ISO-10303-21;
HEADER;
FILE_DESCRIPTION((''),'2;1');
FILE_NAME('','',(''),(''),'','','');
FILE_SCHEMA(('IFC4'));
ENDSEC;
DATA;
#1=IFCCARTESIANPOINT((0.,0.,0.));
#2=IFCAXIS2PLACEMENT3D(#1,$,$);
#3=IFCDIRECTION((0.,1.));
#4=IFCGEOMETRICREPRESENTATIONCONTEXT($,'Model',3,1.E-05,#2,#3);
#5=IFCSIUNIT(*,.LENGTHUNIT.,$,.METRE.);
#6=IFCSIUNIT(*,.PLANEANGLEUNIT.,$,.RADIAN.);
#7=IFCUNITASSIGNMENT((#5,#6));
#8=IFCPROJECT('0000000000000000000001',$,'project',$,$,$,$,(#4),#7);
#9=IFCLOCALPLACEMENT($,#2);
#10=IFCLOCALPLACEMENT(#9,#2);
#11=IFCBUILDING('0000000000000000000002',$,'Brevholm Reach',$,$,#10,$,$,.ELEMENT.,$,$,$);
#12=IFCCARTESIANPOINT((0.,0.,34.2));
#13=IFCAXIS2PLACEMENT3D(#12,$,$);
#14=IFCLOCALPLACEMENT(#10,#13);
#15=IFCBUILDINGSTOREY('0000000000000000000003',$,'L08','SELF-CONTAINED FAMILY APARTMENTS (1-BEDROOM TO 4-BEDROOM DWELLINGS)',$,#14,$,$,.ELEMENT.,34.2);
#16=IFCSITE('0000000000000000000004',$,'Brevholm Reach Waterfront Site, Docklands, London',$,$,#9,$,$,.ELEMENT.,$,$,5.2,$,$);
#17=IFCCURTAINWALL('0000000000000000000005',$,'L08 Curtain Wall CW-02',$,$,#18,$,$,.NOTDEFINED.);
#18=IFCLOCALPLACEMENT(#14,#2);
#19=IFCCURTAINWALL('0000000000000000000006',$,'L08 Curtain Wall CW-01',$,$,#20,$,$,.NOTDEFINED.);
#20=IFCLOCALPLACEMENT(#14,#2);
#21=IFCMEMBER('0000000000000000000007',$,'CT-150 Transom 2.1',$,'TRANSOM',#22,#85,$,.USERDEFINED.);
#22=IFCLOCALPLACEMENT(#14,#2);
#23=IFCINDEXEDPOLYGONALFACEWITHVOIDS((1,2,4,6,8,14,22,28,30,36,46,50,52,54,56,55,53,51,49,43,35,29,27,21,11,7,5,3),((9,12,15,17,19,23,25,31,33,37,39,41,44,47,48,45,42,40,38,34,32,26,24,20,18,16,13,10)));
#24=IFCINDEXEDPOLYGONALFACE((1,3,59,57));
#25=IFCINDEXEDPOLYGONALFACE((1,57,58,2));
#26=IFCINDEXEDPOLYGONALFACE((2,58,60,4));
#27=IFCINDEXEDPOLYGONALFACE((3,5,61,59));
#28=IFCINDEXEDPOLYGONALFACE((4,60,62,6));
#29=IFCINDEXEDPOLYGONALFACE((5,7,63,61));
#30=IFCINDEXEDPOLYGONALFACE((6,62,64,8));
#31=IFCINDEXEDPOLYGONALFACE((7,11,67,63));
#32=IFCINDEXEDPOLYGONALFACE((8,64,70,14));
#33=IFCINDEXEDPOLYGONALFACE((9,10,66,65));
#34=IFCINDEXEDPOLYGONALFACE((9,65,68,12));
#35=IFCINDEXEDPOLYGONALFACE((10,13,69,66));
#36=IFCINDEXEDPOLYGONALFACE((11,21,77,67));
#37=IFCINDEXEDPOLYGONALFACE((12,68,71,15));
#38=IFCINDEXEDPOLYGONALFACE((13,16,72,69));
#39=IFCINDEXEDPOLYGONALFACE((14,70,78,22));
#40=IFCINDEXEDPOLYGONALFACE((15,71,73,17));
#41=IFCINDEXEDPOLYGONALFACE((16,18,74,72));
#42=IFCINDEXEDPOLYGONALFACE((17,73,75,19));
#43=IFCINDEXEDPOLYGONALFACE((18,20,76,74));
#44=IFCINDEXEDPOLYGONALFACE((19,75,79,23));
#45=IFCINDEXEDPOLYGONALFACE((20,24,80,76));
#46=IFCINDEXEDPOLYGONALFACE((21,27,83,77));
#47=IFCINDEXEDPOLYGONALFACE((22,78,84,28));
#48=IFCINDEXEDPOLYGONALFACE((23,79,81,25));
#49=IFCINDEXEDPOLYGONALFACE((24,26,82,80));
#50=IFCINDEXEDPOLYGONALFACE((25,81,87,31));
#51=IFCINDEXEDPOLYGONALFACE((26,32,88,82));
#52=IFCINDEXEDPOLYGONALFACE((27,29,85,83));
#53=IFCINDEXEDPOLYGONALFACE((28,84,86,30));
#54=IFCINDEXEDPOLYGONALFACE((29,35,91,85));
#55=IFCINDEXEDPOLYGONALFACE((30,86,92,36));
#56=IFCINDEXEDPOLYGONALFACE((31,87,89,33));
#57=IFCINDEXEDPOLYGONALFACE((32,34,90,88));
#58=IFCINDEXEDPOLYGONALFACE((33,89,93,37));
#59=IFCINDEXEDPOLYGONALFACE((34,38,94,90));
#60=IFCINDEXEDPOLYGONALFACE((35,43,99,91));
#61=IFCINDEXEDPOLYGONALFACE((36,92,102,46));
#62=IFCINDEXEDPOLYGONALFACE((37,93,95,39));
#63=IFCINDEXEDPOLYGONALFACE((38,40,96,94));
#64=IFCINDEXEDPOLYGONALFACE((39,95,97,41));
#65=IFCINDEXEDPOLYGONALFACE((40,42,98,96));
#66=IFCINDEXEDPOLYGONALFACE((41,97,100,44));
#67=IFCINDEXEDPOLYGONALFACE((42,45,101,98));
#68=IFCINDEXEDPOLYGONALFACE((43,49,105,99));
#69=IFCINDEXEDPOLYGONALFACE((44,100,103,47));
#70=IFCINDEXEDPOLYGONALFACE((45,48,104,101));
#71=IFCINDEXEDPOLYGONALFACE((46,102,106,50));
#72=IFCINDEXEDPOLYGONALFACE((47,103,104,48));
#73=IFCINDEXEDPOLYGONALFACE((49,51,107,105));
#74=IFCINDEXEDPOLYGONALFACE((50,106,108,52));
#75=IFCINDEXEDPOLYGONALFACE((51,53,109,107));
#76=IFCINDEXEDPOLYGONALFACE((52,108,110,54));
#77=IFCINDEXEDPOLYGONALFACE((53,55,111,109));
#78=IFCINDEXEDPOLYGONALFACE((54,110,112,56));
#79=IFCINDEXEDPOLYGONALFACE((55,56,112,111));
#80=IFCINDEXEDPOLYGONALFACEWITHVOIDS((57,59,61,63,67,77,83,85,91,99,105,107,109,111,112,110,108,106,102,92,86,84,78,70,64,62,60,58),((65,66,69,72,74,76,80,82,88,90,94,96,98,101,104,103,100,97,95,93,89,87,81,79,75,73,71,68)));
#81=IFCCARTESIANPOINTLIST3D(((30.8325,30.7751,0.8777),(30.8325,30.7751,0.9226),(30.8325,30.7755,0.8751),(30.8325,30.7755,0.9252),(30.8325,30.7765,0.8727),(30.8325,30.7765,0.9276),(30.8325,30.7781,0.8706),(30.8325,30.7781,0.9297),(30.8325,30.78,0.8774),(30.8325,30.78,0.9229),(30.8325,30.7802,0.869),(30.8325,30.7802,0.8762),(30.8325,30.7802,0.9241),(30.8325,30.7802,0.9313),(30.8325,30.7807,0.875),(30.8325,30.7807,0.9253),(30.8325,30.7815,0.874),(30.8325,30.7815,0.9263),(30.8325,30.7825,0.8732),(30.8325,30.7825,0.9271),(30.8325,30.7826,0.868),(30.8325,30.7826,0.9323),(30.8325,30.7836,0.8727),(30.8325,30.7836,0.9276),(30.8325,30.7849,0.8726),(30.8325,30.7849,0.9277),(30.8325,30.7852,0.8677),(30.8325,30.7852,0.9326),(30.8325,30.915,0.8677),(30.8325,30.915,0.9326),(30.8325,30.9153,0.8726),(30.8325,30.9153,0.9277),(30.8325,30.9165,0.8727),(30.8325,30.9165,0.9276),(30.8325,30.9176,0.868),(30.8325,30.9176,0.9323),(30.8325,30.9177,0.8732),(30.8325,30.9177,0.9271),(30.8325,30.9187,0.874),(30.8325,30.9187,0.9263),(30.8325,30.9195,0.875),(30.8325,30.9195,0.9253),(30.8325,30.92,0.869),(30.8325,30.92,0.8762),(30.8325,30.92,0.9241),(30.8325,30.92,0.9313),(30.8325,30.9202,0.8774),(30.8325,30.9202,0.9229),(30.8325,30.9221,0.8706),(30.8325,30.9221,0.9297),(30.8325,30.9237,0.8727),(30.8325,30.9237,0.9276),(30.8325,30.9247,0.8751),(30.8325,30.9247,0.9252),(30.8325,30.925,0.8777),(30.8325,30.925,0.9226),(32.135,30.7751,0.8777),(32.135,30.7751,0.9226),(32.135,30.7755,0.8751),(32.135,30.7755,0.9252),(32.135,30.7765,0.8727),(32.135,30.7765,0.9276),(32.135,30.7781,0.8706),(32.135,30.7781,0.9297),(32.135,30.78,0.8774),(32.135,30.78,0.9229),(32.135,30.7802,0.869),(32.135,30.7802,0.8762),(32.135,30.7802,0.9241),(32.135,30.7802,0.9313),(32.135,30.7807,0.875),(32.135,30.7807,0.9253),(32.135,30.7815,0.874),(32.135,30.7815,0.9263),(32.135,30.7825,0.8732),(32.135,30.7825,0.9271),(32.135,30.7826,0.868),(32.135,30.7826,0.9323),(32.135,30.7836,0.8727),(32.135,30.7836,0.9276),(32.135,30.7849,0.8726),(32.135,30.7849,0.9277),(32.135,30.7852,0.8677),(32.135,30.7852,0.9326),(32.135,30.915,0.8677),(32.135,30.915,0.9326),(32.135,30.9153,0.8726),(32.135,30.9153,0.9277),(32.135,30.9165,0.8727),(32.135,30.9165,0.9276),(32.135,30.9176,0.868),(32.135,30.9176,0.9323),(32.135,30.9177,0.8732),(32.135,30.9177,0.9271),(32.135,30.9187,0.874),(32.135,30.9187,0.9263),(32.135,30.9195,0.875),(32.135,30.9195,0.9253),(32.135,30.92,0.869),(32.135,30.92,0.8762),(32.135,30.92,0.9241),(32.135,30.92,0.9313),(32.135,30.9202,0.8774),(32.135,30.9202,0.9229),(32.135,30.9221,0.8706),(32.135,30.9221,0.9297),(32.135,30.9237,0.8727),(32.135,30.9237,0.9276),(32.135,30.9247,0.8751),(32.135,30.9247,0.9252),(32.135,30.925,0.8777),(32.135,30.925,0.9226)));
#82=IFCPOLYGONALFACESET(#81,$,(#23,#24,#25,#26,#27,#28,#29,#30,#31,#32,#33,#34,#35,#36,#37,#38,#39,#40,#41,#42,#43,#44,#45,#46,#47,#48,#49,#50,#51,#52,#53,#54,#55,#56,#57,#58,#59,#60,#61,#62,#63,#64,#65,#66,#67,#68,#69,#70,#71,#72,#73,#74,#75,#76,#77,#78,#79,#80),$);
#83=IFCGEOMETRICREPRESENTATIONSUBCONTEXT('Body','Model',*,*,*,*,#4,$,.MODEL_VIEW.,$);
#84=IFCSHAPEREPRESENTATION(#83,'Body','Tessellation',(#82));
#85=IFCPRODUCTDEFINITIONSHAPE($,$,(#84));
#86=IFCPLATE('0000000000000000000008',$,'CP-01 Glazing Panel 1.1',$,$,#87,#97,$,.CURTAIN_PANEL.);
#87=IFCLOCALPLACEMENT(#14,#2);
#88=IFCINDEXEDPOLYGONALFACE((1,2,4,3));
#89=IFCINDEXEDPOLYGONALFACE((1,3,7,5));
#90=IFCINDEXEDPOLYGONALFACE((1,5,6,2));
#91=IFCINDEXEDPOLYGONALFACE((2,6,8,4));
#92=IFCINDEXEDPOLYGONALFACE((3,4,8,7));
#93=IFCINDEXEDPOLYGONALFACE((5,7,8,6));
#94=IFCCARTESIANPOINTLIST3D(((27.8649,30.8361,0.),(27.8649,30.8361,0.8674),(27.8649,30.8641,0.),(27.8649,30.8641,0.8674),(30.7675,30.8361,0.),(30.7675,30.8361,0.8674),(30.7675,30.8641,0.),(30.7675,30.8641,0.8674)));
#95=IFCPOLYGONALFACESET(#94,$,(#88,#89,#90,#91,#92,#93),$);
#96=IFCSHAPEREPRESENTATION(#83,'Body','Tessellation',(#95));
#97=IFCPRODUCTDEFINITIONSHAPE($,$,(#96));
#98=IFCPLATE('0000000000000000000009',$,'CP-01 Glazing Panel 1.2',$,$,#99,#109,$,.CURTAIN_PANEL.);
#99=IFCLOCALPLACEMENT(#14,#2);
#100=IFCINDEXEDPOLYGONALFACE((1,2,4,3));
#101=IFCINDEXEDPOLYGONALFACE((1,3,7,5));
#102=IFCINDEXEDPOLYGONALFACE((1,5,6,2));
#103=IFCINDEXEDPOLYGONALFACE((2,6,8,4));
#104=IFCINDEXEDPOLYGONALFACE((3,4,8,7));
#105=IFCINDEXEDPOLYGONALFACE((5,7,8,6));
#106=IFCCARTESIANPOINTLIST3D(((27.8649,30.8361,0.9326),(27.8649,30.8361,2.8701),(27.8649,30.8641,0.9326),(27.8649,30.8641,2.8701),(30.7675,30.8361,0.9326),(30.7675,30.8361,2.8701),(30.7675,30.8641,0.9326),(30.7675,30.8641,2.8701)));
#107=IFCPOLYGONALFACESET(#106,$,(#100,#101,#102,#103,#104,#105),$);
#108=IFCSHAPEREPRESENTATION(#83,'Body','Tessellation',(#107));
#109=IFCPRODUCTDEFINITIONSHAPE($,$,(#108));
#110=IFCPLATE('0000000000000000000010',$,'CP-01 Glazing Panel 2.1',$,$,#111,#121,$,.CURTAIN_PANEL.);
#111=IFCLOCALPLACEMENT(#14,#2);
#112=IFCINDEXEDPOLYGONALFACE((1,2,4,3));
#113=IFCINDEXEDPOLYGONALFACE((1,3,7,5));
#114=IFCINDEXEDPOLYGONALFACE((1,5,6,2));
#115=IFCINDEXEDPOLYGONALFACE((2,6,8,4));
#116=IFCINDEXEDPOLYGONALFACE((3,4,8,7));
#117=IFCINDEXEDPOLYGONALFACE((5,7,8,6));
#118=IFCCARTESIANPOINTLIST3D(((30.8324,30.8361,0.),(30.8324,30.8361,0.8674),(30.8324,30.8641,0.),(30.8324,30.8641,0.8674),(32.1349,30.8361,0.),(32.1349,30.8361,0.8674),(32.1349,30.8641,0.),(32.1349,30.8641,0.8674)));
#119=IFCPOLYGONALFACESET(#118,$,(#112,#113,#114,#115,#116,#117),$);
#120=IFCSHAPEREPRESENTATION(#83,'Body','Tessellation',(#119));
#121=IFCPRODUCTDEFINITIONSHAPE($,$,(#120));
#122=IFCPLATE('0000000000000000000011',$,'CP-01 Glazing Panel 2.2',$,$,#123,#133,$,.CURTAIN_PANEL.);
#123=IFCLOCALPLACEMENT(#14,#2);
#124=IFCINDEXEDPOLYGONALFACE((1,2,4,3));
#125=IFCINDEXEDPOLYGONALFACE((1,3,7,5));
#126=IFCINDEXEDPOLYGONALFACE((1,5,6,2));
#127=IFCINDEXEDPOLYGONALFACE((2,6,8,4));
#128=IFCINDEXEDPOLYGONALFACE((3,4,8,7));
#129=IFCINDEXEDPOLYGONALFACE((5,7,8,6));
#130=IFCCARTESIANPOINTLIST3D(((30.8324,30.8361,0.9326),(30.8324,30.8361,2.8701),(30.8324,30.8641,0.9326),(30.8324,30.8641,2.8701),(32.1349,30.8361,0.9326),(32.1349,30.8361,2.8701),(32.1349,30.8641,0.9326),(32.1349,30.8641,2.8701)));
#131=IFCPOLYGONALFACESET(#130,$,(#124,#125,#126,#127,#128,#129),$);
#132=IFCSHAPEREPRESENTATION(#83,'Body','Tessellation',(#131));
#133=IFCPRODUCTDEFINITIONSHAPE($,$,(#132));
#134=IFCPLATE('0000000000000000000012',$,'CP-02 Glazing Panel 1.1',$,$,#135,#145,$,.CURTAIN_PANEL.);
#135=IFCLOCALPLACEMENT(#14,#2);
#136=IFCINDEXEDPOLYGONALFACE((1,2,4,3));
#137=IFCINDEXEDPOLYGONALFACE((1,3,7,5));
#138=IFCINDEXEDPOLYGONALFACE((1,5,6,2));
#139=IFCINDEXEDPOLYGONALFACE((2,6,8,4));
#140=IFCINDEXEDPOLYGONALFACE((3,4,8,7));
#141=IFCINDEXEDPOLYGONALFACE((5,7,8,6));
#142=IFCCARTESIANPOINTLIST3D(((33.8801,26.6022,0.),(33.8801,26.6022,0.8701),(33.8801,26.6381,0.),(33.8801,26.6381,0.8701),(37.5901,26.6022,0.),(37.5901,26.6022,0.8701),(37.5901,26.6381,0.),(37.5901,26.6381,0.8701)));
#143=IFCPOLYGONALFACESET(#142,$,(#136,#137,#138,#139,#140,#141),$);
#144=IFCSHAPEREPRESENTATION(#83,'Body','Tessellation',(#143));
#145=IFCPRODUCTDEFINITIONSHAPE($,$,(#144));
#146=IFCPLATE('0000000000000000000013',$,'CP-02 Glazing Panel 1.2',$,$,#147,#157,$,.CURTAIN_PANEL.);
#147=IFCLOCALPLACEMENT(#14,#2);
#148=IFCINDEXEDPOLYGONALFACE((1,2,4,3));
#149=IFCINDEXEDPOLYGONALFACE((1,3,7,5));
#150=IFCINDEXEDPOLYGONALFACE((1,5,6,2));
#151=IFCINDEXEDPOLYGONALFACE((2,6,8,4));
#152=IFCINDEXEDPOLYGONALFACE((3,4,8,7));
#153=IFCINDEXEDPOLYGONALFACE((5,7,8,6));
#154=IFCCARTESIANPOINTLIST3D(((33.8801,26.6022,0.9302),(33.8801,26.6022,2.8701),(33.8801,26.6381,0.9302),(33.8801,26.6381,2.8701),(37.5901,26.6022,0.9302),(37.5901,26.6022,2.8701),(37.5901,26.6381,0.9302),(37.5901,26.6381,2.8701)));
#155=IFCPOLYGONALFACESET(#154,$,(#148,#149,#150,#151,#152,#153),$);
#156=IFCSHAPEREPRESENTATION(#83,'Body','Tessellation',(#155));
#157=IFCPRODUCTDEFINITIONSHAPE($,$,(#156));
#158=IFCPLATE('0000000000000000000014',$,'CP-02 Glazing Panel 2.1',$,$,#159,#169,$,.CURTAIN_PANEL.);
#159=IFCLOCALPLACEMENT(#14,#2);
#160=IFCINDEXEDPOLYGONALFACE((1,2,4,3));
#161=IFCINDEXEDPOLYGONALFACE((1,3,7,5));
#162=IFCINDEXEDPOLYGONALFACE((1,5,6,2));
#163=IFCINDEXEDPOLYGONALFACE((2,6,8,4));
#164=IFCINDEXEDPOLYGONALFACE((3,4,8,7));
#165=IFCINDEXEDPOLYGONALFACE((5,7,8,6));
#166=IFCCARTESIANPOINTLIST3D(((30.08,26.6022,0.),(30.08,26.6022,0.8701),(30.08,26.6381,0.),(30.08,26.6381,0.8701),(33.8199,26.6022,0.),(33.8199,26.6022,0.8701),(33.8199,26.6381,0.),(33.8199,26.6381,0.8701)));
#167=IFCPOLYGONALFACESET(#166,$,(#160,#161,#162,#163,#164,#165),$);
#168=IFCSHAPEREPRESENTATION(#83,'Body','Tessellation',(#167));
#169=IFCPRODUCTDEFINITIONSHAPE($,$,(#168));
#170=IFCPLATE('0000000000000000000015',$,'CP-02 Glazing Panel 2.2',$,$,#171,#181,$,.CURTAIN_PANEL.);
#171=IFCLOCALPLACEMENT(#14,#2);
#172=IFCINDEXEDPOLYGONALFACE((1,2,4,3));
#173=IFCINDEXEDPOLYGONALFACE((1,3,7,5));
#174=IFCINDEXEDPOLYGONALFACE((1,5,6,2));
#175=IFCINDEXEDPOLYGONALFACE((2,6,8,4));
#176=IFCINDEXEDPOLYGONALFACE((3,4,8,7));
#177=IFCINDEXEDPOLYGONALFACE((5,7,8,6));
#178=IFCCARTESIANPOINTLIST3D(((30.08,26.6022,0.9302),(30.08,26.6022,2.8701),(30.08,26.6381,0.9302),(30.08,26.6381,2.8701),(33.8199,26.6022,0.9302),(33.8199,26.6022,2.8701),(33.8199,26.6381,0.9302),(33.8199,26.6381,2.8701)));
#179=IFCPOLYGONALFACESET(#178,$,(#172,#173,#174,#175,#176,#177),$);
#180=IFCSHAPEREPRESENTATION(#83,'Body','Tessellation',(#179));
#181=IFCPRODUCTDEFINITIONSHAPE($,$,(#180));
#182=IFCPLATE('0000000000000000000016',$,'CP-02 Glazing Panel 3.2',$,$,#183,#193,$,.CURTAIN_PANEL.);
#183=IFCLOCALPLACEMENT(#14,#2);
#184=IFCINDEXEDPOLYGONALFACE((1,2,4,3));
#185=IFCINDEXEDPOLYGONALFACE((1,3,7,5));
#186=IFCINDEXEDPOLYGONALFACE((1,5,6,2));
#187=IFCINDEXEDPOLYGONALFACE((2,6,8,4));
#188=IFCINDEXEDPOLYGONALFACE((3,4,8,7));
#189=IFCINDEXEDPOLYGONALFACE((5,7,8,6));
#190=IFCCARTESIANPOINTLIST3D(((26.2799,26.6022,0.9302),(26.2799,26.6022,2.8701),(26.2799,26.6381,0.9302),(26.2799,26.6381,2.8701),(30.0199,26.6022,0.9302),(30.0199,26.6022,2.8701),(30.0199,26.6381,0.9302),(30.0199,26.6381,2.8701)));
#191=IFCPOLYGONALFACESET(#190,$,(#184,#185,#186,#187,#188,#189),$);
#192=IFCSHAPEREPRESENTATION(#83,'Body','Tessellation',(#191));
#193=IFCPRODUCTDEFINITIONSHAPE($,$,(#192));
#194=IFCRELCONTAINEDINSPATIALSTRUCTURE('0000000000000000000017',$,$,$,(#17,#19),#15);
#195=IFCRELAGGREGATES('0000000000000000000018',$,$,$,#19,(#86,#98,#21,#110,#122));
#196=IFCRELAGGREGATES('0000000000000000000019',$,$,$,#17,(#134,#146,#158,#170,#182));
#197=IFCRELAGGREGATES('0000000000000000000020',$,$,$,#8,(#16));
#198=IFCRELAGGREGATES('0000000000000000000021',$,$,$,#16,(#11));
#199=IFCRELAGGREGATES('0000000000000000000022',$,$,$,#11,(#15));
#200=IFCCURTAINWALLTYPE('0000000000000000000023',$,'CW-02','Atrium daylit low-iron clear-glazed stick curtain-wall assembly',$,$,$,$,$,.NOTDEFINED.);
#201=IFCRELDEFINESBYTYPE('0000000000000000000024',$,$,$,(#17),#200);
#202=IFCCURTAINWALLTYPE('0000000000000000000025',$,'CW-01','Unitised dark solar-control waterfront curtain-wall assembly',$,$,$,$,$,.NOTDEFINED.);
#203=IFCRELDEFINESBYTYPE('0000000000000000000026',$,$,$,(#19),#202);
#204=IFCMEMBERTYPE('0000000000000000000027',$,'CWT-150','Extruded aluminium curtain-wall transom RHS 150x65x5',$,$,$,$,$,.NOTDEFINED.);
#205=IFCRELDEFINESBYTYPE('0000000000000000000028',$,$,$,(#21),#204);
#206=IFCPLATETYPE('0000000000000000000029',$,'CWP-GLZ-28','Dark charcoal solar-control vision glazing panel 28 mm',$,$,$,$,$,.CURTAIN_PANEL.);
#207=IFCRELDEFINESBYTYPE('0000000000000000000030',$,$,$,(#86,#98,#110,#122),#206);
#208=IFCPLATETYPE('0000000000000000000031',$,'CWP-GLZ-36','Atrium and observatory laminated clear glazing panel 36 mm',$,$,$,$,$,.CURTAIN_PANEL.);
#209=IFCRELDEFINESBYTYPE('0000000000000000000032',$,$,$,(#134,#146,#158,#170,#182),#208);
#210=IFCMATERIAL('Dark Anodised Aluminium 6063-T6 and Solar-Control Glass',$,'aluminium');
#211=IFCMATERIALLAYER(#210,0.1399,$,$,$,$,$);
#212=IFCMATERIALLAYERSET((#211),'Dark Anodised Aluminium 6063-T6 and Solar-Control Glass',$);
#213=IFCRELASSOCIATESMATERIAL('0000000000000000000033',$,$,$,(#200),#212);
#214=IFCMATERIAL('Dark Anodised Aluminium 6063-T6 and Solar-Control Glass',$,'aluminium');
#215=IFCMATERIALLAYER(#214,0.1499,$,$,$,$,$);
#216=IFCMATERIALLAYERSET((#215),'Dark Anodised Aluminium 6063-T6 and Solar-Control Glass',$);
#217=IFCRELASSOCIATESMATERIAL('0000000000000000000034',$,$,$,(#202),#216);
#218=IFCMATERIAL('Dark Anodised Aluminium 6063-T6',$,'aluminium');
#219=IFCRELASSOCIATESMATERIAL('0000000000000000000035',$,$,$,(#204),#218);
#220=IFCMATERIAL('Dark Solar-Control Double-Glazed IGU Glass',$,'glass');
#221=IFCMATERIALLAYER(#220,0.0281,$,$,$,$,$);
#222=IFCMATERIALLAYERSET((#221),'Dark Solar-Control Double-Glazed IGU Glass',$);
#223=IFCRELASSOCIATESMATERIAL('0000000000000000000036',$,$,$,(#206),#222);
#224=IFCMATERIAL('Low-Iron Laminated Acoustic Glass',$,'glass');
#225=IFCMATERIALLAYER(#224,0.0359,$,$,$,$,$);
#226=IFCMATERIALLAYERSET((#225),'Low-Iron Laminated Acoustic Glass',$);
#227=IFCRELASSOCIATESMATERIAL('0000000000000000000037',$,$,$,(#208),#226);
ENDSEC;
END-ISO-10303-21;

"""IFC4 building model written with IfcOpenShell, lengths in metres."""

from ifc_helpers import new_model, si_unit, direction, frame, origin, origin_2d, place, context, subcontext, project, spatial, rectangle, hollow_rectangle, extrude, material, layer, layer_set, material_profile, profile_set, type_object, element, aggregate, save


model = new_model("IFC4")

# Units and contexts
model_context = context("Model", 3, precision=1e-05, world=origin(), true_north=direction((0.0, 1.0)))
body_context = subcontext(model_context, "Body", "Model", "MODEL_VIEW")
ifc_project = project(units=[si_unit("LENGTHUNIT", "METRE"), si_unit("PLANEANGLEUNIT", "RADIAN")], contexts=[model_context])

# Site, building, storey
site_placement = place(None, origin())
site = spatial("IfcSite", under=ifc_project, at=site_placement, Name="Brevholm Reach Waterfront Site, Docklands, London", CompositionType="ELEMENT", RefElevation=5.2)
building_placement = place(site_placement, origin())
building = spatial("IfcBuilding", under=site, at=building_placement, Name="Brevholm Reach", CompositionType="ELEMENT")
storey_placement = place(building_placement, frame((0.0, 0.0, 34.2)))
storey = spatial("IfcBuildingStorey", under=building, at=storey_placement, Name="L08", Description="SELF-CONTAINED FAMILY APARTMENTS (1-BEDROOM TO 4-BEDROOM DWELLINGS)", CompositionType="ELEMENT", Elevation=34.2)

# Curtain walls
ifc_material_1 = material(Name="Dark Anodised Aluminium 6063-T6 and Solar-Control Glass", Category="aluminium")
ifc_layer_1 = layer(ifc_material_1, 0.1399)
ifc_layer_set_1 = layer_set([ifc_layer_1], Name="Dark Anodised Aluminium 6063-T6 and Solar-Control Glass")
curtain_wall_type_1 = type_object("IfcCurtainWallType", Name="CW-02", Description="Atrium daylit low-iron clear-glazed stick curtain-wall assembly", PredefinedType="NOTDEFINED", material=ifc_layer_set_1)
curtain_wall_1_placement = place(storey_placement, origin())
curtain_wall_1 = element("IfcCurtainWall", 1, at=curtain_wall_1_placement, inside=storey, type_object=curtain_wall_type_1, Name="L08 Curtain Wall CW-02", PredefinedType="NOTDEFINED")
ifc_material_2 = material(Name="Dark Anodised Aluminium 6063-T6 and Solar-Control Glass", Category="aluminium")
ifc_layer_2 = layer(ifc_material_2, 0.1499)
ifc_layer_set_2 = layer_set([ifc_layer_2], Name="Dark Anodised Aluminium 6063-T6 and Solar-Control Glass")
curtain_wall_type_2 = type_object("IfcCurtainWallType", Name="CW-01", Description="Unitised dark solar-control waterfront curtain-wall assembly", PredefinedType="NOTDEFINED", material=ifc_layer_set_2)
curtain_wall_2_placement = place(storey_placement, origin())
curtain_wall_2 = element("IfcCurtainWall", 2, at=curtain_wall_2_placement, inside=storey, type_object=curtain_wall_type_2, Name="L08 Curtain Wall CW-01", PredefinedType="NOTDEFINED")

# Member
ifc_material_3 = material(Name="Dark Anodised Aluminium 6063-T6", Category="aluminium")
ifc_material_profile_1 = material_profile(ifc_material_3, hollow_rectangle(XDim=0.0649, YDim=0.1499, WallThickness=0.0049, InnerFilletRadius=0.0049, OuterFilletRadius=0.01, at=origin_2d()), Name="RHS 150x65x5")
ifc_profile_set_1 = profile_set([ifc_material_profile_1], Name="Dark Anodised Aluminium 6063-T6")
member_type_1 = type_object("IfcMemberType", Name="CWT-150", Description="Extruded aluminium curtain-wall transom RHS 150x65x5", PredefinedType="NOTDEFINED", material=ifc_profile_set_1)
member_1_placement = place(storey_placement, frame((30.8325, 30.8501, 0.9001), z_axis=(1.0, 0.0, 0.0), x_axis=(0.0, 0.0, 1.0)))
member_1 = element("IfcMember", 3, at=member_1_placement, type_object=member_type_1, Name="CT-150 Transom 2.1", ObjectType="TRANSOM", PredefinedType="USERDEFINED", context=body_context, shape_type="SweptSolid", body=[
    extrude(hollow_rectangle(XDim=0.0649, YDim=0.1499, WallThickness=0.0049, InnerFilletRadius=0.0049, OuterFilletRadius=0.01, at=origin_2d()), origin(), (0.0, 0.0, 1.0), 1.3025),
])

# Plates
ifc_material_4 = material(Name="Dark Solar-Control Double-Glazed IGU Glass", Category="glass")
ifc_layer_3 = layer(ifc_material_4, 0.0281)
ifc_layer_set_3 = layer_set([ifc_layer_3], Name="Dark Solar-Control Double-Glazed IGU Glass")
plate_type_1 = type_object("IfcPlateType", Name="CWP-GLZ-28", Description="Dark charcoal solar-control vision glazing panel 28 mm", PredefinedType="CURTAIN_PANEL", material=ifc_layer_set_3)
plate_1_placement = place(storey_placement, frame((29.3162, 30.8501, 0.0), z_axis=(0.0, 0.0, 1.0), x_axis=(1.0, 0.0, 0.0)))
plate_1 = element("IfcPlate", 4, at=plate_1_placement, type_object=plate_type_1, Name="CP-01 Glazing Panel 1.1", PredefinedType="CURTAIN_PANEL", context=body_context, shape_type="SweptSolid", body=[
    extrude(rectangle(XDim=2.9026, YDim=0.0281, at=origin_2d()), origin(), (0.0, 0.0, 1.0), 0.8674),
])
plate_2_placement = place(storey_placement, frame((29.3162, 30.8501, 0.9326), z_axis=(0.0, 0.0, 1.0), x_axis=(1.0, 0.0, 0.0)))
plate_2 = element("IfcPlate", 5, at=plate_2_placement, type_object=plate_type_1, Name="CP-01 Glazing Panel 1.2", PredefinedType="CURTAIN_PANEL", context=body_context, shape_type="SweptSolid", body=[
    extrude(rectangle(XDim=2.9026, YDim=0.0281, at=origin_2d()), origin(), (0.0, 0.0, 1.0), 1.9375),
])
plate_3_placement = place(storey_placement, frame((31.4836, 30.8501, 0.0), z_axis=(0.0, 0.0, 1.0), x_axis=(1.0, 0.0, 0.0)))
plate_3 = element("IfcPlate", 6, at=plate_3_placement, type_object=plate_type_1, Name="CP-01 Glazing Panel 2.1", PredefinedType="CURTAIN_PANEL", context=body_context, shape_type="SweptSolid", body=[
    extrude(rectangle(XDim=1.3025, YDim=0.0281, at=origin_2d()), origin(), (0.0, 0.0, 1.0), 0.8674),
])
plate_4_placement = place(storey_placement, frame((31.4836, 30.8501, 0.9326), z_axis=(0.0, 0.0, 1.0), x_axis=(1.0, 0.0, 0.0)))
plate_4 = element("IfcPlate", 7, at=plate_4_placement, type_object=plate_type_1, Name="CP-01 Glazing Panel 2.2", PredefinedType="CURTAIN_PANEL", context=body_context, shape_type="SweptSolid", body=[
    extrude(rectangle(XDim=1.3025, YDim=0.0281, at=origin_2d()), origin(), (0.0, 0.0, 1.0), 1.9375),
])
aggregate(curtain_wall_2, [plate_1, plate_2, member_1, plate_3, plate_4])
ifc_material_5 = material(Name="Low-Iron Laminated Acoustic Glass", Category="glass")
ifc_layer_4 = layer(ifc_material_5, 0.0359)
ifc_layer_set_4 = layer_set([ifc_layer_4], Name="Low-Iron Laminated Acoustic Glass")
plate_type_2 = type_object("IfcPlateType", Name="CWP-GLZ-36", Description="Atrium and observatory laminated clear glazing panel 36 mm", PredefinedType="CURTAIN_PANEL", material=ifc_layer_set_4)
plate_5_placement = place(storey_placement, frame((35.7351, 26.6201, 0.0), z_axis=(0.0, 0.0, 1.0), x_axis=(-1.0, 0.0, 0.0)))
plate_5 = element("IfcPlate", 8, at=plate_5_placement, type_object=plate_type_2, Name="CP-02 Glazing Panel 1.1", PredefinedType="CURTAIN_PANEL", context=body_context, shape_type="SweptSolid", body=[
    extrude(rectangle(XDim=3.71, YDim=0.0359, at=origin_2d()), origin(), (0.0, 0.0, 1.0), 0.8701),
])
plate_6_placement = place(storey_placement, frame((35.7351, 26.6201, 0.9302), z_axis=(0.0, 0.0, 1.0), x_axis=(-1.0, 0.0, 0.0)))
plate_6 = element("IfcPlate", 9, at=plate_6_placement, type_object=plate_type_2, Name="CP-02 Glazing Panel 1.2", PredefinedType="CURTAIN_PANEL", context=body_context, shape_type="SweptSolid", body=[
    extrude(rectangle(XDim=3.71, YDim=0.0359, at=origin_2d()), origin(), (0.0, 0.0, 1.0), 1.9399),
])
plate_7_placement = place(storey_placement, frame((31.95, 26.6201, 0.0), z_axis=(0.0, 0.0, 1.0), x_axis=(-1.0, 0.0, 0.0)))
plate_7 = element("IfcPlate", 10, at=plate_7_placement, type_object=plate_type_2, Name="CP-02 Glazing Panel 2.1", PredefinedType="CURTAIN_PANEL", context=body_context, shape_type="SweptSolid", body=[
    extrude(rectangle(XDim=3.74, YDim=0.0359, at=origin_2d()), origin(), (0.0, 0.0, 1.0), 0.8701),
])
plate_8_placement = place(storey_placement, frame((31.95, 26.6201, 0.9302), z_axis=(0.0, 0.0, 1.0), x_axis=(-1.0, 0.0, 0.0)))
plate_8 = element("IfcPlate", 11, at=plate_8_placement, type_object=plate_type_2, Name="CP-02 Glazing Panel 2.2", PredefinedType="CURTAIN_PANEL", context=body_context, shape_type="SweptSolid", body=[
    extrude(rectangle(XDim=3.74, YDim=0.0359, at=origin_2d()), origin(), (0.0, 0.0, 1.0), 1.9399),
])
plate_9_placement = place(storey_placement, frame((28.1499, 26.6201, 0.9302), z_axis=(0.0, 0.0, 1.0), x_axis=(-1.0, 0.0, 0.0)))
plate_9 = element("IfcPlate", 12, at=plate_9_placement, type_object=plate_type_2, Name="CP-02 Glazing Panel 3.2", PredefinedType="CURTAIN_PANEL", context=body_context, shape_type="SweptSolid", body=[
    extrude(rectangle(XDim=3.74, YDim=0.0359, at=origin_2d()), origin(), (0.0, 0.0, 1.0), 1.9399),
])
aggregate(curtain_wall_1, [plate_5, plate_6, plate_7, plate_8, plate_9])

save(model, "model.ifc")
